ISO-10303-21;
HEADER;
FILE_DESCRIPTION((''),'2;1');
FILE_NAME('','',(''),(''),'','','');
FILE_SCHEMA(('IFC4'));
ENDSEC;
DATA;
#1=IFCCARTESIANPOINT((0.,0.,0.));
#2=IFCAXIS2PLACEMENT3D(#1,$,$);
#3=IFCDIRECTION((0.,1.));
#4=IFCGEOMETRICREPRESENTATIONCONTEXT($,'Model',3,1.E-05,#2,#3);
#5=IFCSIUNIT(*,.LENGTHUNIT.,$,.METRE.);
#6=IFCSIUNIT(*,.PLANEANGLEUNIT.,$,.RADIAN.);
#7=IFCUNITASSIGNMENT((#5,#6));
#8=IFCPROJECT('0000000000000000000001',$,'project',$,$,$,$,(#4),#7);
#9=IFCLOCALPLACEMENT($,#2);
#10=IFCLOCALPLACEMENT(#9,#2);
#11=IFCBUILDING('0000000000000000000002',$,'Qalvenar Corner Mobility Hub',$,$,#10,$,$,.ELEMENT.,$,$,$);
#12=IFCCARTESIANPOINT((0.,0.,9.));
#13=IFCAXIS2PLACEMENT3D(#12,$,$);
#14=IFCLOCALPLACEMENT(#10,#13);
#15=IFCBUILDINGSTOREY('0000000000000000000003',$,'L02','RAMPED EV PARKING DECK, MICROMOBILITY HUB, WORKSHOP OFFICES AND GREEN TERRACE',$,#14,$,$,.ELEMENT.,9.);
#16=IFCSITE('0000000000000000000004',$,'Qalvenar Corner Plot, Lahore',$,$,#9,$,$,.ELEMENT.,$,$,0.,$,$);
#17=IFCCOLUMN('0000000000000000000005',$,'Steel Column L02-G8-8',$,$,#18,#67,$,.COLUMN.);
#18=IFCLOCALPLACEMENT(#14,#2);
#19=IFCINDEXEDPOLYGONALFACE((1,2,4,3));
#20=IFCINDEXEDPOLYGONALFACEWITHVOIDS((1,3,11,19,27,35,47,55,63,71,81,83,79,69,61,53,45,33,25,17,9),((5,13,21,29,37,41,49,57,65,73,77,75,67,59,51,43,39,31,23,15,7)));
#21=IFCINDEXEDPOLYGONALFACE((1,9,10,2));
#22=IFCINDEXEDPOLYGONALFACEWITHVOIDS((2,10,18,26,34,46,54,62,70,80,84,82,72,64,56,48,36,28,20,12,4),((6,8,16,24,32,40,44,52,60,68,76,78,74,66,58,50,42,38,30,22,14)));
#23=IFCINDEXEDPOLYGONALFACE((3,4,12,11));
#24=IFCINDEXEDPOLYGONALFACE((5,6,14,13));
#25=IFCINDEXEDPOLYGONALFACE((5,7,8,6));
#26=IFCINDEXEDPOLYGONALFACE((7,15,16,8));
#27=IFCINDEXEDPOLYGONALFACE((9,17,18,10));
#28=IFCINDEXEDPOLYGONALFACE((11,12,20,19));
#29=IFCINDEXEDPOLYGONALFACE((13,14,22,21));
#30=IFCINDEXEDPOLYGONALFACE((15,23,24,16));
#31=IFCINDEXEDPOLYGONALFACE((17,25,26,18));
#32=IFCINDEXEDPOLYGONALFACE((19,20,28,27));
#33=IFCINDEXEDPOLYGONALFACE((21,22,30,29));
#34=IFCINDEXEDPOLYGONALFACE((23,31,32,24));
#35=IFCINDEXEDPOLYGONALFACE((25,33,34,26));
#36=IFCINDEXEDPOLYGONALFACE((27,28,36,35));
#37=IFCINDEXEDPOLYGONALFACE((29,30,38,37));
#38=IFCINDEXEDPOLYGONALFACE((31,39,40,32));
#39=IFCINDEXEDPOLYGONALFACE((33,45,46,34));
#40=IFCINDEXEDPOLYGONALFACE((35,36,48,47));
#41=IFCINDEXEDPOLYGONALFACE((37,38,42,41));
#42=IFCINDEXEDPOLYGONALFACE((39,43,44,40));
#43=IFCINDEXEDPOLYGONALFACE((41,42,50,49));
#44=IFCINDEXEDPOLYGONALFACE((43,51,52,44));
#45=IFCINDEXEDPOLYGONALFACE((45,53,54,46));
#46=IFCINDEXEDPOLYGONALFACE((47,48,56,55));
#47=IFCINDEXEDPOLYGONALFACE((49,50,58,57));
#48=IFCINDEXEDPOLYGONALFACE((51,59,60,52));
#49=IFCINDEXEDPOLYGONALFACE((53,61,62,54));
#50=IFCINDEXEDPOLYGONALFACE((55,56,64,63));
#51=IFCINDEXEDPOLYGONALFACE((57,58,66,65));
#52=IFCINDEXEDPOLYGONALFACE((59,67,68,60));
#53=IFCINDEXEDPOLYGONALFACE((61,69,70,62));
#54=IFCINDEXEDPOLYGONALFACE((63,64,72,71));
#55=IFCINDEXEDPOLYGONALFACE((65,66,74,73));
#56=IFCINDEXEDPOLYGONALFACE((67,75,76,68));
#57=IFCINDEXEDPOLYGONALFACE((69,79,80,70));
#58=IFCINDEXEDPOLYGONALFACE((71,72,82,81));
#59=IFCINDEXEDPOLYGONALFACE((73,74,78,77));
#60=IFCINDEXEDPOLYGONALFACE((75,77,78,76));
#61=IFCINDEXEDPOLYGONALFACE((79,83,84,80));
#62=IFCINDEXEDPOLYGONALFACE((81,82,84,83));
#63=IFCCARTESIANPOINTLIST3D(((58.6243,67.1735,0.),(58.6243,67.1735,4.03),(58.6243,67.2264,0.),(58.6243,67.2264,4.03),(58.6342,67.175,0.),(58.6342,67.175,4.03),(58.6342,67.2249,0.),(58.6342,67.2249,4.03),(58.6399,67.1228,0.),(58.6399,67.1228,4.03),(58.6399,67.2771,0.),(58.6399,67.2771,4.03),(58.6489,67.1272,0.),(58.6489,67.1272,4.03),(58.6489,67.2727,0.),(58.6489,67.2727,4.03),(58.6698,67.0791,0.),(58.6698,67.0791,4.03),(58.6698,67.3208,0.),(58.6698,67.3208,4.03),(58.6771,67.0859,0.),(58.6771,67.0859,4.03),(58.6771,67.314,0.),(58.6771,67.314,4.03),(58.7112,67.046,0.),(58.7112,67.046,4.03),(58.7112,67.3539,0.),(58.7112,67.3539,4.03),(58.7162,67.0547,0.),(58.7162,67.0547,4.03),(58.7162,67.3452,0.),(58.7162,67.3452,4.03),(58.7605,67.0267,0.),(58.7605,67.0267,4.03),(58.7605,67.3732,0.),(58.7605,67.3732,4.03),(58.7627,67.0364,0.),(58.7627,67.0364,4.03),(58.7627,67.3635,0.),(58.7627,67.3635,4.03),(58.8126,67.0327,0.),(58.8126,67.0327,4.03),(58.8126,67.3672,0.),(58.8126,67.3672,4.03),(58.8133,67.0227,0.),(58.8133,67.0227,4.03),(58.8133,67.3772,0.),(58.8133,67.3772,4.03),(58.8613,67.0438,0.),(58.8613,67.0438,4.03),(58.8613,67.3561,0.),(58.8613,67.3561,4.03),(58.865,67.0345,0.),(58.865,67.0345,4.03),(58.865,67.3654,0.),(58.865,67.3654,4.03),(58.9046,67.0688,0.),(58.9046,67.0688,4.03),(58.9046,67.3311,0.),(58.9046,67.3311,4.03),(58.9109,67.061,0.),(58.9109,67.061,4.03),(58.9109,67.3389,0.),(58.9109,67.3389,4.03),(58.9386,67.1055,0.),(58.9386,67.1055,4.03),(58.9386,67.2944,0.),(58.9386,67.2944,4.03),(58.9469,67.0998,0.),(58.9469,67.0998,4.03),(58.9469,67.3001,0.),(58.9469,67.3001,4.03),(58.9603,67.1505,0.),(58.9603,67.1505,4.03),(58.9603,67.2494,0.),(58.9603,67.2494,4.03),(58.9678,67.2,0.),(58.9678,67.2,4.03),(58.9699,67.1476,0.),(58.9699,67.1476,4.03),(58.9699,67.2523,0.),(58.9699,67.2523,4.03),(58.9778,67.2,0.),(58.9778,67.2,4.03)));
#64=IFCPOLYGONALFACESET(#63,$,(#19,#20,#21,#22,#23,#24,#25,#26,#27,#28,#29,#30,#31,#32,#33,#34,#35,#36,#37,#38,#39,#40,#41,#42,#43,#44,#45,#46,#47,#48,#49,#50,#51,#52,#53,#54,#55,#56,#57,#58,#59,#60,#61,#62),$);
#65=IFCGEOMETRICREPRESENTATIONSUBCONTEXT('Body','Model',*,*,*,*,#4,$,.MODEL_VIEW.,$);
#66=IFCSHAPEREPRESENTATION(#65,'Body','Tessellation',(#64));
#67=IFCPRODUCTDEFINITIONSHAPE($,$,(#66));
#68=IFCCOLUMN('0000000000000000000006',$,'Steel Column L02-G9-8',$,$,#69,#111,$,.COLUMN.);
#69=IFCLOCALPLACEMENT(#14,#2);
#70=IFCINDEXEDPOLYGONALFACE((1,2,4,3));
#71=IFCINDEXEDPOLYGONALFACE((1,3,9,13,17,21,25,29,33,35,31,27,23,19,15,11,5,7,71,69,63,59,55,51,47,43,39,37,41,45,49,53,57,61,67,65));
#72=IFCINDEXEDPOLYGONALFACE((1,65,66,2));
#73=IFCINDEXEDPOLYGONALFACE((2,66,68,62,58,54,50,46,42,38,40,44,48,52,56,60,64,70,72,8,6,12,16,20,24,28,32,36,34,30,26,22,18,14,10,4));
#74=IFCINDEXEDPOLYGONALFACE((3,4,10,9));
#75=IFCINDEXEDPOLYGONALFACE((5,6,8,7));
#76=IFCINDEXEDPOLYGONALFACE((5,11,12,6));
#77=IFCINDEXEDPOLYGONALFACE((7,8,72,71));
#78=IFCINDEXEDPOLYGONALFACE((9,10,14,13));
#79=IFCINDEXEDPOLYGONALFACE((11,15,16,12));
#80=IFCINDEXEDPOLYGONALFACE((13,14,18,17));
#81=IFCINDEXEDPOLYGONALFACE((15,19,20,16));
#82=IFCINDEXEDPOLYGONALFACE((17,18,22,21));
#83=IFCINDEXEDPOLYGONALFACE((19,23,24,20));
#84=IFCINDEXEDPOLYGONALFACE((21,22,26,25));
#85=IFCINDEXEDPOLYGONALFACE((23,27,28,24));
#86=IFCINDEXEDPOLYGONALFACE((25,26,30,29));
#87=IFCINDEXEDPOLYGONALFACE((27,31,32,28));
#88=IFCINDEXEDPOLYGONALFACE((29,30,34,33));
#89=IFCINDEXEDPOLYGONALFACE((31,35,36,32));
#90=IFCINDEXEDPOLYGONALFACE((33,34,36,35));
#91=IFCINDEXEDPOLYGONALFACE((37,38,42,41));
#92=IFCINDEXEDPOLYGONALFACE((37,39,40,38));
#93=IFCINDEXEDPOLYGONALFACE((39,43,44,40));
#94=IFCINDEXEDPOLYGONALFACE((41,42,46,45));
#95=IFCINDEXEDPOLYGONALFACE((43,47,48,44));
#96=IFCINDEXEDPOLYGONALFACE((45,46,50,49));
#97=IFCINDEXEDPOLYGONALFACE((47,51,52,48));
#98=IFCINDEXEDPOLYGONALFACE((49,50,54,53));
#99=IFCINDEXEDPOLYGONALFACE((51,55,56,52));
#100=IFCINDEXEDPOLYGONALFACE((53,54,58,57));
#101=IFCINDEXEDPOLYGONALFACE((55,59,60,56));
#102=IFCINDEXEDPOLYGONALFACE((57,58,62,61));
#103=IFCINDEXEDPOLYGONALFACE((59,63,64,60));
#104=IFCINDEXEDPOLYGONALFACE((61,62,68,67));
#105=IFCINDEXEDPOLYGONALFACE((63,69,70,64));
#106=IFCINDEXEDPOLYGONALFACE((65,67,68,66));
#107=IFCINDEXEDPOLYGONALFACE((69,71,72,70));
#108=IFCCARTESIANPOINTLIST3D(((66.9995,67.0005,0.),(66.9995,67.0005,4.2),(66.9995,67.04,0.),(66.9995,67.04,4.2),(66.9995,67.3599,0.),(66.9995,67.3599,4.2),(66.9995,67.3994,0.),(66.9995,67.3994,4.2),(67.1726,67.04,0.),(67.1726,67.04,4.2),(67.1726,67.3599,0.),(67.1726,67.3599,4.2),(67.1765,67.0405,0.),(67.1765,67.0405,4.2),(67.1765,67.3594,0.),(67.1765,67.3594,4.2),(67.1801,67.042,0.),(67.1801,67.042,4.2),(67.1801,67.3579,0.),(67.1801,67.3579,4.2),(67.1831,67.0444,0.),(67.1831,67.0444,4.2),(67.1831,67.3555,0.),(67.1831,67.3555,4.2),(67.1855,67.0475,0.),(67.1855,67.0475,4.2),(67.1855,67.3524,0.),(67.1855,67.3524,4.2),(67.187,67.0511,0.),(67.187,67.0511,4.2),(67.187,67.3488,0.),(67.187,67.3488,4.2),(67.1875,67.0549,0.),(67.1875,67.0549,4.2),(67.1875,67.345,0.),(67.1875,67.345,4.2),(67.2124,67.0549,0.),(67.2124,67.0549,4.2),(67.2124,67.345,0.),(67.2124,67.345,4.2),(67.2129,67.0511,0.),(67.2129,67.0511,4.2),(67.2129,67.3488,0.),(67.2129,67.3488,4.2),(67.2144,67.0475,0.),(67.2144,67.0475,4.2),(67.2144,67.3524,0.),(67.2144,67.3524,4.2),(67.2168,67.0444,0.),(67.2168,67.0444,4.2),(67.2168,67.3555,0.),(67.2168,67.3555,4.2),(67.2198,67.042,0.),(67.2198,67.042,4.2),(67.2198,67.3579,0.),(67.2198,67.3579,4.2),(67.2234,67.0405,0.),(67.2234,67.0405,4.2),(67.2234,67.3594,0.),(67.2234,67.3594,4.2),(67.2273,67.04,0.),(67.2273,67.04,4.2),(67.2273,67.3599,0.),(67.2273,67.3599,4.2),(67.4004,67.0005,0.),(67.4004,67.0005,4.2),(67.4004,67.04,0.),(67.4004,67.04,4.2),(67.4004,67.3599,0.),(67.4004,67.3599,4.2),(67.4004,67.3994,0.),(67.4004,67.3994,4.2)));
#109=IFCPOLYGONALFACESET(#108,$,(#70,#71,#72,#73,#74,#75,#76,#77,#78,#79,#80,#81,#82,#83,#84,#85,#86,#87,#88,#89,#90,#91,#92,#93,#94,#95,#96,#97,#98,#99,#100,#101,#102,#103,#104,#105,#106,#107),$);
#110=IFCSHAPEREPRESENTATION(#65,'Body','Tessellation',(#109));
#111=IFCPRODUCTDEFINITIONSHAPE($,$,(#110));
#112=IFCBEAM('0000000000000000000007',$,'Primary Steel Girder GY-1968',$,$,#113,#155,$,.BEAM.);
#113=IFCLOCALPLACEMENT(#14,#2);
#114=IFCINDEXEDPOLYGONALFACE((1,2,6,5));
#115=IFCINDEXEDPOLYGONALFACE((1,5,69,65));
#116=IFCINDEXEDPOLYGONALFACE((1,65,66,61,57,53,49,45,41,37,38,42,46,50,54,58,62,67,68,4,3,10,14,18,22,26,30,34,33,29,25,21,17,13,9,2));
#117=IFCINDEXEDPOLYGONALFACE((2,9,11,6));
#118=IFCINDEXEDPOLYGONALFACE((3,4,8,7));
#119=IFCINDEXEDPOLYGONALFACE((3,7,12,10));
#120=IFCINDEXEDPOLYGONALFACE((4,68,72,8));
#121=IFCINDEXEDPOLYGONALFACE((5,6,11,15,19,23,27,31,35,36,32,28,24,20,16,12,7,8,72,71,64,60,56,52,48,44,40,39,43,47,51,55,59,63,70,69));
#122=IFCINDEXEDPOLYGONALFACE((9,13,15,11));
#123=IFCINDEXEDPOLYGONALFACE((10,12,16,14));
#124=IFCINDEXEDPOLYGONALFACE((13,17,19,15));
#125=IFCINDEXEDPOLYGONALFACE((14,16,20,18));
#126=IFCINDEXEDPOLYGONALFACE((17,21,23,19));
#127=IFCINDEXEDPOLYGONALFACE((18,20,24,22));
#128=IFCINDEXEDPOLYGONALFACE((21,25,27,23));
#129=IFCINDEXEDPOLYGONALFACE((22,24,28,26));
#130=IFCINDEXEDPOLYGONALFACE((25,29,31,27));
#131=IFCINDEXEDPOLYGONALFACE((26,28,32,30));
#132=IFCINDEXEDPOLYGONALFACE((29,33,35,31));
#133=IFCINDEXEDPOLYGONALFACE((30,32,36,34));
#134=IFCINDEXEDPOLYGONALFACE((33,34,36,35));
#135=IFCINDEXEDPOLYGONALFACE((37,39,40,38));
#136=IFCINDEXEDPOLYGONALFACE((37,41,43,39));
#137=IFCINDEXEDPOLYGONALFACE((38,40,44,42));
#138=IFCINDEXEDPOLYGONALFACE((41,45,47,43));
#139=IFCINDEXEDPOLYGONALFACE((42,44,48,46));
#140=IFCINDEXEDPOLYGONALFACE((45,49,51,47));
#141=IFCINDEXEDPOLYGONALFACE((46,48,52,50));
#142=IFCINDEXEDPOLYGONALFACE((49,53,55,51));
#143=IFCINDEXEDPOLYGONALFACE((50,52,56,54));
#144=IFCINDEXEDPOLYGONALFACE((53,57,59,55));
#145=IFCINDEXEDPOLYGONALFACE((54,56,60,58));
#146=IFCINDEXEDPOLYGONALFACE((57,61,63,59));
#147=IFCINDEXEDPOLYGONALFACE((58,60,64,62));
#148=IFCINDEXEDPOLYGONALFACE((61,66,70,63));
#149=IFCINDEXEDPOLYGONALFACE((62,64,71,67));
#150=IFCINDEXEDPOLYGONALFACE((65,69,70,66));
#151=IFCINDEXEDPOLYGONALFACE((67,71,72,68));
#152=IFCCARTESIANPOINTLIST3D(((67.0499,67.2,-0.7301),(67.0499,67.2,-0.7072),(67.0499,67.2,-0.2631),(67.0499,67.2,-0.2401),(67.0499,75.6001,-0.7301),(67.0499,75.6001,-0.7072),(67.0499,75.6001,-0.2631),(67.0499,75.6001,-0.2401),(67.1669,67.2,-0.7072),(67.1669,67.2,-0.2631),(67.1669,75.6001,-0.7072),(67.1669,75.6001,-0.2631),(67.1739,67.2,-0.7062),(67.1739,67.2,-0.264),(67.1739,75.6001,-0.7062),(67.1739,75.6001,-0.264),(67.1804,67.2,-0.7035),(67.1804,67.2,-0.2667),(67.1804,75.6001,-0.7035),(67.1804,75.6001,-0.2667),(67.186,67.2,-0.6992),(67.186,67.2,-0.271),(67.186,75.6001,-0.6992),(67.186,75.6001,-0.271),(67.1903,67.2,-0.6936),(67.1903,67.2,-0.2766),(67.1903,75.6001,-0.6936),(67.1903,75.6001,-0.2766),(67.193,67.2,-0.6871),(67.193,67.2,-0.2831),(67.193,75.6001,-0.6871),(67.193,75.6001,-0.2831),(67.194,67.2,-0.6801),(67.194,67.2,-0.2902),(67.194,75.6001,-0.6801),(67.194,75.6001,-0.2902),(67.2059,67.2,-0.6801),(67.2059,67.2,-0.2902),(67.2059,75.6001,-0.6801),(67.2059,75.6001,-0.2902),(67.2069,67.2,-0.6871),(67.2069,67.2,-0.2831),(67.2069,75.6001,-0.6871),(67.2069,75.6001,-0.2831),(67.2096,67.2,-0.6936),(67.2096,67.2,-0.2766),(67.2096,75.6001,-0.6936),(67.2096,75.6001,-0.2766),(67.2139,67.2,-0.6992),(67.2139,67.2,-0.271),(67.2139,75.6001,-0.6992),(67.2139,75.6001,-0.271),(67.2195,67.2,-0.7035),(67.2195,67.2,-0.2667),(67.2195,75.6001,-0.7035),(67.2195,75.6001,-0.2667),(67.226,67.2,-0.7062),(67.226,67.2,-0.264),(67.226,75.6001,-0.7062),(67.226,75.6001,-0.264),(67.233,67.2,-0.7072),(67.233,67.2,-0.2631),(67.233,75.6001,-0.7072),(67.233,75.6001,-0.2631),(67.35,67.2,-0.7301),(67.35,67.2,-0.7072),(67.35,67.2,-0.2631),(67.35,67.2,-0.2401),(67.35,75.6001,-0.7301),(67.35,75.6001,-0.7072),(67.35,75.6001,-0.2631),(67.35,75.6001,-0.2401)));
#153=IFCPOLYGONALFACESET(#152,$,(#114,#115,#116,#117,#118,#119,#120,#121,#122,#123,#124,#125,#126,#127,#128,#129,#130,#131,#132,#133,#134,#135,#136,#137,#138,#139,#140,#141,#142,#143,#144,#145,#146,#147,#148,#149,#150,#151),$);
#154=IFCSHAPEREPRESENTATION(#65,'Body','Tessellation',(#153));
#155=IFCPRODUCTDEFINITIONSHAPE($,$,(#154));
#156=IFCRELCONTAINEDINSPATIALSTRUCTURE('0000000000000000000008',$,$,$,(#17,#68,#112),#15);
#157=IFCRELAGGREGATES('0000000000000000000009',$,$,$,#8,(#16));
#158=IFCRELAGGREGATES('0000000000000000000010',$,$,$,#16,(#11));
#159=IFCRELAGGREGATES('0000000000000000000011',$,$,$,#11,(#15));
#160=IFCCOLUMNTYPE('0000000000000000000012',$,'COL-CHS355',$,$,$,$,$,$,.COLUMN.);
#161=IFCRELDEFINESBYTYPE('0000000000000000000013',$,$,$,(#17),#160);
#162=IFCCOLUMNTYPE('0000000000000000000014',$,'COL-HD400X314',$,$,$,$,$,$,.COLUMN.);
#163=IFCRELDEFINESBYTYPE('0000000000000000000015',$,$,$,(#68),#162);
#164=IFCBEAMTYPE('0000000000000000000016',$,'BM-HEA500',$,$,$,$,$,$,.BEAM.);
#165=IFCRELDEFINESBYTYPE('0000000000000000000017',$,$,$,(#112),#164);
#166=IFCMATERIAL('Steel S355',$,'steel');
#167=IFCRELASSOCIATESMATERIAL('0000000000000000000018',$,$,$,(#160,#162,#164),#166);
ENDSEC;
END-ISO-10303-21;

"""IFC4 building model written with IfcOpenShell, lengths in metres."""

from ifc_helpers import new_model, si_unit, direction, frame, origin, origin_2d, place, context, subcontext, project, spatial, hollow_circle, i_section, extrude, material, material_profile, profile_set, type_object, element, save


model = new_model("IFC4")

# Units and contexts
model_context = context("Model", 3, precision=1e-05, world=origin(), true_north=direction((0.0, 1.0)))
body_context = subcontext(model_context, "Body", "Model", "MODEL_VIEW")
ifc_project = project(units=[si_unit("LENGTHUNIT", "METRE"), si_unit("PLANEANGLEUNIT", "RADIAN")], contexts=[model_context])

# Site, building, storey
site_placement = place(None, origin())
site = spatial("IfcSite", under=ifc_project, at=site_placement, Name="Qalvenar Corner Plot, Lahore", CompositionType="ELEMENT", RefElevation=0.0)
building_placement = place(site_placement, origin())
building = spatial("IfcBuilding", under=site, at=building_placement, Name="Qalvenar Corner Mobility Hub", CompositionType="ELEMENT")
storey_placement = place(building_placement, frame((0.0, 0.0, 9.0)))
storey = spatial("IfcBuildingStorey", under=building, at=storey_placement, Name="L02", Description="RAMPED EV PARKING DECK, MICROMOBILITY HUB, WORKSHOP OFFICES AND GREEN TERRACE", CompositionType="ELEMENT", Elevation=9.0)

# Columns
ifc_material_1 = material(Name="Steel S355", Category="steel")
ifc_material_profile_1 = material_profile(ifc_material_1, hollow_circle(Radius=0.1777, WallThickness=0.01, at=origin_2d()), Name="CHS355.6x10")
ifc_profile_set_1 = profile_set([ifc_material_profile_1], Name="Steel S355")
column_type_1 = type_object("IfcColumnType", Name="COL-CHS355", PredefinedType="COLUMN", material=ifc_profile_set_1)
column_1_placement = place(storey_placement, frame((58.8, 67.2, 0.0), z_axis=(0.0, 0.0, 1.0), x_axis=(1.0, 0.0, 0.0)))
element("IfcColumn", 1, at=column_1_placement, inside=storey, type_object=column_type_1, Name="Steel Column L02-G8-8", PredefinedType="COLUMN", context=body_context, shape_type="SweptSolid", body=[
    extrude(hollow_circle(Radius=0.1777, WallThickness=0.01, at=origin_2d()), origin(), (0.0, 0.0, 1.0), 4.03),
])
ifc_material_profile_2 = material_profile(ifc_material_1, i_section(OverallWidth=0.4009, OverallDepth=0.3989, WebThickness=0.0249, FlangeThickness=0.0396, FilletRadius=0.0149, at=origin_2d()), Name="HD400x314")
ifc_profile_set_2 = profile_set([ifc_material_profile_2], Name="Steel S355")
column_type_2 = type_object("IfcColumnType", Name="COL-HD400X314", PredefinedType="COLUMN", material=ifc_profile_set_2)
column_2_placement = place(storey_placement, frame((67.2, 67.2, 0.0), z_axis=(0.0, 0.0, 1.0), x_axis=(1.0, 0.0, 0.0)))
element("IfcColumn", 2, at=column_2_placement, inside=storey, type_object=column_type_2, Name="Steel Column L02-G9-8", PredefinedType="COLUMN", context=body_context, shape_type="SweptSolid", body=[
    extrude(i_section(OverallWidth=0.4009, OverallDepth=0.3989, WebThickness=0.0249, FlangeThickness=0.0396, FilletRadius=0.0149, at=origin_2d()), origin(), (0.0, 0.0, 1.0), 4.2),
])

# Beam
ifc_material_profile_3 = material_profile(ifc_material_1, i_section(OverallWidth=0.3, OverallDepth=0.49, WebThickness=0.012, FlangeThickness=0.0229, FilletRadius=0.0271, at=origin_2d()), Name="HEA500")
ifc_profile_set_3 = profile_set([ifc_material_profile_3], Name="Steel S355")
beam_type_1 = type_object("IfcBeamType", Name="BM-HEA500", PredefinedType="BEAM", material=ifc_profile_set_3)
beam_1_placement = place(storey_placement, frame((67.2, 67.2, -0.4851), z_axis=(0.0, 1.0, 0.0), x_axis=(-1.0, 0.0, 0.0)))
element("IfcBeam", 3, at=beam_1_placement, inside=storey, type_object=beam_type_1, Name="Primary Steel Girder GY-1968", PredefinedType="BEAM", context=body_context, shape_type="SweptSolid", body=[
    extrude(i_section(OverallWidth=0.3, OverallDepth=0.49, WebThickness=0.012, FlangeThickness=0.0229, FilletRadius=0.0271, at=origin_2d()), origin(), (0.0, 0.0, 1.0), 8.4001),
])

save(model, "model.ifc")
